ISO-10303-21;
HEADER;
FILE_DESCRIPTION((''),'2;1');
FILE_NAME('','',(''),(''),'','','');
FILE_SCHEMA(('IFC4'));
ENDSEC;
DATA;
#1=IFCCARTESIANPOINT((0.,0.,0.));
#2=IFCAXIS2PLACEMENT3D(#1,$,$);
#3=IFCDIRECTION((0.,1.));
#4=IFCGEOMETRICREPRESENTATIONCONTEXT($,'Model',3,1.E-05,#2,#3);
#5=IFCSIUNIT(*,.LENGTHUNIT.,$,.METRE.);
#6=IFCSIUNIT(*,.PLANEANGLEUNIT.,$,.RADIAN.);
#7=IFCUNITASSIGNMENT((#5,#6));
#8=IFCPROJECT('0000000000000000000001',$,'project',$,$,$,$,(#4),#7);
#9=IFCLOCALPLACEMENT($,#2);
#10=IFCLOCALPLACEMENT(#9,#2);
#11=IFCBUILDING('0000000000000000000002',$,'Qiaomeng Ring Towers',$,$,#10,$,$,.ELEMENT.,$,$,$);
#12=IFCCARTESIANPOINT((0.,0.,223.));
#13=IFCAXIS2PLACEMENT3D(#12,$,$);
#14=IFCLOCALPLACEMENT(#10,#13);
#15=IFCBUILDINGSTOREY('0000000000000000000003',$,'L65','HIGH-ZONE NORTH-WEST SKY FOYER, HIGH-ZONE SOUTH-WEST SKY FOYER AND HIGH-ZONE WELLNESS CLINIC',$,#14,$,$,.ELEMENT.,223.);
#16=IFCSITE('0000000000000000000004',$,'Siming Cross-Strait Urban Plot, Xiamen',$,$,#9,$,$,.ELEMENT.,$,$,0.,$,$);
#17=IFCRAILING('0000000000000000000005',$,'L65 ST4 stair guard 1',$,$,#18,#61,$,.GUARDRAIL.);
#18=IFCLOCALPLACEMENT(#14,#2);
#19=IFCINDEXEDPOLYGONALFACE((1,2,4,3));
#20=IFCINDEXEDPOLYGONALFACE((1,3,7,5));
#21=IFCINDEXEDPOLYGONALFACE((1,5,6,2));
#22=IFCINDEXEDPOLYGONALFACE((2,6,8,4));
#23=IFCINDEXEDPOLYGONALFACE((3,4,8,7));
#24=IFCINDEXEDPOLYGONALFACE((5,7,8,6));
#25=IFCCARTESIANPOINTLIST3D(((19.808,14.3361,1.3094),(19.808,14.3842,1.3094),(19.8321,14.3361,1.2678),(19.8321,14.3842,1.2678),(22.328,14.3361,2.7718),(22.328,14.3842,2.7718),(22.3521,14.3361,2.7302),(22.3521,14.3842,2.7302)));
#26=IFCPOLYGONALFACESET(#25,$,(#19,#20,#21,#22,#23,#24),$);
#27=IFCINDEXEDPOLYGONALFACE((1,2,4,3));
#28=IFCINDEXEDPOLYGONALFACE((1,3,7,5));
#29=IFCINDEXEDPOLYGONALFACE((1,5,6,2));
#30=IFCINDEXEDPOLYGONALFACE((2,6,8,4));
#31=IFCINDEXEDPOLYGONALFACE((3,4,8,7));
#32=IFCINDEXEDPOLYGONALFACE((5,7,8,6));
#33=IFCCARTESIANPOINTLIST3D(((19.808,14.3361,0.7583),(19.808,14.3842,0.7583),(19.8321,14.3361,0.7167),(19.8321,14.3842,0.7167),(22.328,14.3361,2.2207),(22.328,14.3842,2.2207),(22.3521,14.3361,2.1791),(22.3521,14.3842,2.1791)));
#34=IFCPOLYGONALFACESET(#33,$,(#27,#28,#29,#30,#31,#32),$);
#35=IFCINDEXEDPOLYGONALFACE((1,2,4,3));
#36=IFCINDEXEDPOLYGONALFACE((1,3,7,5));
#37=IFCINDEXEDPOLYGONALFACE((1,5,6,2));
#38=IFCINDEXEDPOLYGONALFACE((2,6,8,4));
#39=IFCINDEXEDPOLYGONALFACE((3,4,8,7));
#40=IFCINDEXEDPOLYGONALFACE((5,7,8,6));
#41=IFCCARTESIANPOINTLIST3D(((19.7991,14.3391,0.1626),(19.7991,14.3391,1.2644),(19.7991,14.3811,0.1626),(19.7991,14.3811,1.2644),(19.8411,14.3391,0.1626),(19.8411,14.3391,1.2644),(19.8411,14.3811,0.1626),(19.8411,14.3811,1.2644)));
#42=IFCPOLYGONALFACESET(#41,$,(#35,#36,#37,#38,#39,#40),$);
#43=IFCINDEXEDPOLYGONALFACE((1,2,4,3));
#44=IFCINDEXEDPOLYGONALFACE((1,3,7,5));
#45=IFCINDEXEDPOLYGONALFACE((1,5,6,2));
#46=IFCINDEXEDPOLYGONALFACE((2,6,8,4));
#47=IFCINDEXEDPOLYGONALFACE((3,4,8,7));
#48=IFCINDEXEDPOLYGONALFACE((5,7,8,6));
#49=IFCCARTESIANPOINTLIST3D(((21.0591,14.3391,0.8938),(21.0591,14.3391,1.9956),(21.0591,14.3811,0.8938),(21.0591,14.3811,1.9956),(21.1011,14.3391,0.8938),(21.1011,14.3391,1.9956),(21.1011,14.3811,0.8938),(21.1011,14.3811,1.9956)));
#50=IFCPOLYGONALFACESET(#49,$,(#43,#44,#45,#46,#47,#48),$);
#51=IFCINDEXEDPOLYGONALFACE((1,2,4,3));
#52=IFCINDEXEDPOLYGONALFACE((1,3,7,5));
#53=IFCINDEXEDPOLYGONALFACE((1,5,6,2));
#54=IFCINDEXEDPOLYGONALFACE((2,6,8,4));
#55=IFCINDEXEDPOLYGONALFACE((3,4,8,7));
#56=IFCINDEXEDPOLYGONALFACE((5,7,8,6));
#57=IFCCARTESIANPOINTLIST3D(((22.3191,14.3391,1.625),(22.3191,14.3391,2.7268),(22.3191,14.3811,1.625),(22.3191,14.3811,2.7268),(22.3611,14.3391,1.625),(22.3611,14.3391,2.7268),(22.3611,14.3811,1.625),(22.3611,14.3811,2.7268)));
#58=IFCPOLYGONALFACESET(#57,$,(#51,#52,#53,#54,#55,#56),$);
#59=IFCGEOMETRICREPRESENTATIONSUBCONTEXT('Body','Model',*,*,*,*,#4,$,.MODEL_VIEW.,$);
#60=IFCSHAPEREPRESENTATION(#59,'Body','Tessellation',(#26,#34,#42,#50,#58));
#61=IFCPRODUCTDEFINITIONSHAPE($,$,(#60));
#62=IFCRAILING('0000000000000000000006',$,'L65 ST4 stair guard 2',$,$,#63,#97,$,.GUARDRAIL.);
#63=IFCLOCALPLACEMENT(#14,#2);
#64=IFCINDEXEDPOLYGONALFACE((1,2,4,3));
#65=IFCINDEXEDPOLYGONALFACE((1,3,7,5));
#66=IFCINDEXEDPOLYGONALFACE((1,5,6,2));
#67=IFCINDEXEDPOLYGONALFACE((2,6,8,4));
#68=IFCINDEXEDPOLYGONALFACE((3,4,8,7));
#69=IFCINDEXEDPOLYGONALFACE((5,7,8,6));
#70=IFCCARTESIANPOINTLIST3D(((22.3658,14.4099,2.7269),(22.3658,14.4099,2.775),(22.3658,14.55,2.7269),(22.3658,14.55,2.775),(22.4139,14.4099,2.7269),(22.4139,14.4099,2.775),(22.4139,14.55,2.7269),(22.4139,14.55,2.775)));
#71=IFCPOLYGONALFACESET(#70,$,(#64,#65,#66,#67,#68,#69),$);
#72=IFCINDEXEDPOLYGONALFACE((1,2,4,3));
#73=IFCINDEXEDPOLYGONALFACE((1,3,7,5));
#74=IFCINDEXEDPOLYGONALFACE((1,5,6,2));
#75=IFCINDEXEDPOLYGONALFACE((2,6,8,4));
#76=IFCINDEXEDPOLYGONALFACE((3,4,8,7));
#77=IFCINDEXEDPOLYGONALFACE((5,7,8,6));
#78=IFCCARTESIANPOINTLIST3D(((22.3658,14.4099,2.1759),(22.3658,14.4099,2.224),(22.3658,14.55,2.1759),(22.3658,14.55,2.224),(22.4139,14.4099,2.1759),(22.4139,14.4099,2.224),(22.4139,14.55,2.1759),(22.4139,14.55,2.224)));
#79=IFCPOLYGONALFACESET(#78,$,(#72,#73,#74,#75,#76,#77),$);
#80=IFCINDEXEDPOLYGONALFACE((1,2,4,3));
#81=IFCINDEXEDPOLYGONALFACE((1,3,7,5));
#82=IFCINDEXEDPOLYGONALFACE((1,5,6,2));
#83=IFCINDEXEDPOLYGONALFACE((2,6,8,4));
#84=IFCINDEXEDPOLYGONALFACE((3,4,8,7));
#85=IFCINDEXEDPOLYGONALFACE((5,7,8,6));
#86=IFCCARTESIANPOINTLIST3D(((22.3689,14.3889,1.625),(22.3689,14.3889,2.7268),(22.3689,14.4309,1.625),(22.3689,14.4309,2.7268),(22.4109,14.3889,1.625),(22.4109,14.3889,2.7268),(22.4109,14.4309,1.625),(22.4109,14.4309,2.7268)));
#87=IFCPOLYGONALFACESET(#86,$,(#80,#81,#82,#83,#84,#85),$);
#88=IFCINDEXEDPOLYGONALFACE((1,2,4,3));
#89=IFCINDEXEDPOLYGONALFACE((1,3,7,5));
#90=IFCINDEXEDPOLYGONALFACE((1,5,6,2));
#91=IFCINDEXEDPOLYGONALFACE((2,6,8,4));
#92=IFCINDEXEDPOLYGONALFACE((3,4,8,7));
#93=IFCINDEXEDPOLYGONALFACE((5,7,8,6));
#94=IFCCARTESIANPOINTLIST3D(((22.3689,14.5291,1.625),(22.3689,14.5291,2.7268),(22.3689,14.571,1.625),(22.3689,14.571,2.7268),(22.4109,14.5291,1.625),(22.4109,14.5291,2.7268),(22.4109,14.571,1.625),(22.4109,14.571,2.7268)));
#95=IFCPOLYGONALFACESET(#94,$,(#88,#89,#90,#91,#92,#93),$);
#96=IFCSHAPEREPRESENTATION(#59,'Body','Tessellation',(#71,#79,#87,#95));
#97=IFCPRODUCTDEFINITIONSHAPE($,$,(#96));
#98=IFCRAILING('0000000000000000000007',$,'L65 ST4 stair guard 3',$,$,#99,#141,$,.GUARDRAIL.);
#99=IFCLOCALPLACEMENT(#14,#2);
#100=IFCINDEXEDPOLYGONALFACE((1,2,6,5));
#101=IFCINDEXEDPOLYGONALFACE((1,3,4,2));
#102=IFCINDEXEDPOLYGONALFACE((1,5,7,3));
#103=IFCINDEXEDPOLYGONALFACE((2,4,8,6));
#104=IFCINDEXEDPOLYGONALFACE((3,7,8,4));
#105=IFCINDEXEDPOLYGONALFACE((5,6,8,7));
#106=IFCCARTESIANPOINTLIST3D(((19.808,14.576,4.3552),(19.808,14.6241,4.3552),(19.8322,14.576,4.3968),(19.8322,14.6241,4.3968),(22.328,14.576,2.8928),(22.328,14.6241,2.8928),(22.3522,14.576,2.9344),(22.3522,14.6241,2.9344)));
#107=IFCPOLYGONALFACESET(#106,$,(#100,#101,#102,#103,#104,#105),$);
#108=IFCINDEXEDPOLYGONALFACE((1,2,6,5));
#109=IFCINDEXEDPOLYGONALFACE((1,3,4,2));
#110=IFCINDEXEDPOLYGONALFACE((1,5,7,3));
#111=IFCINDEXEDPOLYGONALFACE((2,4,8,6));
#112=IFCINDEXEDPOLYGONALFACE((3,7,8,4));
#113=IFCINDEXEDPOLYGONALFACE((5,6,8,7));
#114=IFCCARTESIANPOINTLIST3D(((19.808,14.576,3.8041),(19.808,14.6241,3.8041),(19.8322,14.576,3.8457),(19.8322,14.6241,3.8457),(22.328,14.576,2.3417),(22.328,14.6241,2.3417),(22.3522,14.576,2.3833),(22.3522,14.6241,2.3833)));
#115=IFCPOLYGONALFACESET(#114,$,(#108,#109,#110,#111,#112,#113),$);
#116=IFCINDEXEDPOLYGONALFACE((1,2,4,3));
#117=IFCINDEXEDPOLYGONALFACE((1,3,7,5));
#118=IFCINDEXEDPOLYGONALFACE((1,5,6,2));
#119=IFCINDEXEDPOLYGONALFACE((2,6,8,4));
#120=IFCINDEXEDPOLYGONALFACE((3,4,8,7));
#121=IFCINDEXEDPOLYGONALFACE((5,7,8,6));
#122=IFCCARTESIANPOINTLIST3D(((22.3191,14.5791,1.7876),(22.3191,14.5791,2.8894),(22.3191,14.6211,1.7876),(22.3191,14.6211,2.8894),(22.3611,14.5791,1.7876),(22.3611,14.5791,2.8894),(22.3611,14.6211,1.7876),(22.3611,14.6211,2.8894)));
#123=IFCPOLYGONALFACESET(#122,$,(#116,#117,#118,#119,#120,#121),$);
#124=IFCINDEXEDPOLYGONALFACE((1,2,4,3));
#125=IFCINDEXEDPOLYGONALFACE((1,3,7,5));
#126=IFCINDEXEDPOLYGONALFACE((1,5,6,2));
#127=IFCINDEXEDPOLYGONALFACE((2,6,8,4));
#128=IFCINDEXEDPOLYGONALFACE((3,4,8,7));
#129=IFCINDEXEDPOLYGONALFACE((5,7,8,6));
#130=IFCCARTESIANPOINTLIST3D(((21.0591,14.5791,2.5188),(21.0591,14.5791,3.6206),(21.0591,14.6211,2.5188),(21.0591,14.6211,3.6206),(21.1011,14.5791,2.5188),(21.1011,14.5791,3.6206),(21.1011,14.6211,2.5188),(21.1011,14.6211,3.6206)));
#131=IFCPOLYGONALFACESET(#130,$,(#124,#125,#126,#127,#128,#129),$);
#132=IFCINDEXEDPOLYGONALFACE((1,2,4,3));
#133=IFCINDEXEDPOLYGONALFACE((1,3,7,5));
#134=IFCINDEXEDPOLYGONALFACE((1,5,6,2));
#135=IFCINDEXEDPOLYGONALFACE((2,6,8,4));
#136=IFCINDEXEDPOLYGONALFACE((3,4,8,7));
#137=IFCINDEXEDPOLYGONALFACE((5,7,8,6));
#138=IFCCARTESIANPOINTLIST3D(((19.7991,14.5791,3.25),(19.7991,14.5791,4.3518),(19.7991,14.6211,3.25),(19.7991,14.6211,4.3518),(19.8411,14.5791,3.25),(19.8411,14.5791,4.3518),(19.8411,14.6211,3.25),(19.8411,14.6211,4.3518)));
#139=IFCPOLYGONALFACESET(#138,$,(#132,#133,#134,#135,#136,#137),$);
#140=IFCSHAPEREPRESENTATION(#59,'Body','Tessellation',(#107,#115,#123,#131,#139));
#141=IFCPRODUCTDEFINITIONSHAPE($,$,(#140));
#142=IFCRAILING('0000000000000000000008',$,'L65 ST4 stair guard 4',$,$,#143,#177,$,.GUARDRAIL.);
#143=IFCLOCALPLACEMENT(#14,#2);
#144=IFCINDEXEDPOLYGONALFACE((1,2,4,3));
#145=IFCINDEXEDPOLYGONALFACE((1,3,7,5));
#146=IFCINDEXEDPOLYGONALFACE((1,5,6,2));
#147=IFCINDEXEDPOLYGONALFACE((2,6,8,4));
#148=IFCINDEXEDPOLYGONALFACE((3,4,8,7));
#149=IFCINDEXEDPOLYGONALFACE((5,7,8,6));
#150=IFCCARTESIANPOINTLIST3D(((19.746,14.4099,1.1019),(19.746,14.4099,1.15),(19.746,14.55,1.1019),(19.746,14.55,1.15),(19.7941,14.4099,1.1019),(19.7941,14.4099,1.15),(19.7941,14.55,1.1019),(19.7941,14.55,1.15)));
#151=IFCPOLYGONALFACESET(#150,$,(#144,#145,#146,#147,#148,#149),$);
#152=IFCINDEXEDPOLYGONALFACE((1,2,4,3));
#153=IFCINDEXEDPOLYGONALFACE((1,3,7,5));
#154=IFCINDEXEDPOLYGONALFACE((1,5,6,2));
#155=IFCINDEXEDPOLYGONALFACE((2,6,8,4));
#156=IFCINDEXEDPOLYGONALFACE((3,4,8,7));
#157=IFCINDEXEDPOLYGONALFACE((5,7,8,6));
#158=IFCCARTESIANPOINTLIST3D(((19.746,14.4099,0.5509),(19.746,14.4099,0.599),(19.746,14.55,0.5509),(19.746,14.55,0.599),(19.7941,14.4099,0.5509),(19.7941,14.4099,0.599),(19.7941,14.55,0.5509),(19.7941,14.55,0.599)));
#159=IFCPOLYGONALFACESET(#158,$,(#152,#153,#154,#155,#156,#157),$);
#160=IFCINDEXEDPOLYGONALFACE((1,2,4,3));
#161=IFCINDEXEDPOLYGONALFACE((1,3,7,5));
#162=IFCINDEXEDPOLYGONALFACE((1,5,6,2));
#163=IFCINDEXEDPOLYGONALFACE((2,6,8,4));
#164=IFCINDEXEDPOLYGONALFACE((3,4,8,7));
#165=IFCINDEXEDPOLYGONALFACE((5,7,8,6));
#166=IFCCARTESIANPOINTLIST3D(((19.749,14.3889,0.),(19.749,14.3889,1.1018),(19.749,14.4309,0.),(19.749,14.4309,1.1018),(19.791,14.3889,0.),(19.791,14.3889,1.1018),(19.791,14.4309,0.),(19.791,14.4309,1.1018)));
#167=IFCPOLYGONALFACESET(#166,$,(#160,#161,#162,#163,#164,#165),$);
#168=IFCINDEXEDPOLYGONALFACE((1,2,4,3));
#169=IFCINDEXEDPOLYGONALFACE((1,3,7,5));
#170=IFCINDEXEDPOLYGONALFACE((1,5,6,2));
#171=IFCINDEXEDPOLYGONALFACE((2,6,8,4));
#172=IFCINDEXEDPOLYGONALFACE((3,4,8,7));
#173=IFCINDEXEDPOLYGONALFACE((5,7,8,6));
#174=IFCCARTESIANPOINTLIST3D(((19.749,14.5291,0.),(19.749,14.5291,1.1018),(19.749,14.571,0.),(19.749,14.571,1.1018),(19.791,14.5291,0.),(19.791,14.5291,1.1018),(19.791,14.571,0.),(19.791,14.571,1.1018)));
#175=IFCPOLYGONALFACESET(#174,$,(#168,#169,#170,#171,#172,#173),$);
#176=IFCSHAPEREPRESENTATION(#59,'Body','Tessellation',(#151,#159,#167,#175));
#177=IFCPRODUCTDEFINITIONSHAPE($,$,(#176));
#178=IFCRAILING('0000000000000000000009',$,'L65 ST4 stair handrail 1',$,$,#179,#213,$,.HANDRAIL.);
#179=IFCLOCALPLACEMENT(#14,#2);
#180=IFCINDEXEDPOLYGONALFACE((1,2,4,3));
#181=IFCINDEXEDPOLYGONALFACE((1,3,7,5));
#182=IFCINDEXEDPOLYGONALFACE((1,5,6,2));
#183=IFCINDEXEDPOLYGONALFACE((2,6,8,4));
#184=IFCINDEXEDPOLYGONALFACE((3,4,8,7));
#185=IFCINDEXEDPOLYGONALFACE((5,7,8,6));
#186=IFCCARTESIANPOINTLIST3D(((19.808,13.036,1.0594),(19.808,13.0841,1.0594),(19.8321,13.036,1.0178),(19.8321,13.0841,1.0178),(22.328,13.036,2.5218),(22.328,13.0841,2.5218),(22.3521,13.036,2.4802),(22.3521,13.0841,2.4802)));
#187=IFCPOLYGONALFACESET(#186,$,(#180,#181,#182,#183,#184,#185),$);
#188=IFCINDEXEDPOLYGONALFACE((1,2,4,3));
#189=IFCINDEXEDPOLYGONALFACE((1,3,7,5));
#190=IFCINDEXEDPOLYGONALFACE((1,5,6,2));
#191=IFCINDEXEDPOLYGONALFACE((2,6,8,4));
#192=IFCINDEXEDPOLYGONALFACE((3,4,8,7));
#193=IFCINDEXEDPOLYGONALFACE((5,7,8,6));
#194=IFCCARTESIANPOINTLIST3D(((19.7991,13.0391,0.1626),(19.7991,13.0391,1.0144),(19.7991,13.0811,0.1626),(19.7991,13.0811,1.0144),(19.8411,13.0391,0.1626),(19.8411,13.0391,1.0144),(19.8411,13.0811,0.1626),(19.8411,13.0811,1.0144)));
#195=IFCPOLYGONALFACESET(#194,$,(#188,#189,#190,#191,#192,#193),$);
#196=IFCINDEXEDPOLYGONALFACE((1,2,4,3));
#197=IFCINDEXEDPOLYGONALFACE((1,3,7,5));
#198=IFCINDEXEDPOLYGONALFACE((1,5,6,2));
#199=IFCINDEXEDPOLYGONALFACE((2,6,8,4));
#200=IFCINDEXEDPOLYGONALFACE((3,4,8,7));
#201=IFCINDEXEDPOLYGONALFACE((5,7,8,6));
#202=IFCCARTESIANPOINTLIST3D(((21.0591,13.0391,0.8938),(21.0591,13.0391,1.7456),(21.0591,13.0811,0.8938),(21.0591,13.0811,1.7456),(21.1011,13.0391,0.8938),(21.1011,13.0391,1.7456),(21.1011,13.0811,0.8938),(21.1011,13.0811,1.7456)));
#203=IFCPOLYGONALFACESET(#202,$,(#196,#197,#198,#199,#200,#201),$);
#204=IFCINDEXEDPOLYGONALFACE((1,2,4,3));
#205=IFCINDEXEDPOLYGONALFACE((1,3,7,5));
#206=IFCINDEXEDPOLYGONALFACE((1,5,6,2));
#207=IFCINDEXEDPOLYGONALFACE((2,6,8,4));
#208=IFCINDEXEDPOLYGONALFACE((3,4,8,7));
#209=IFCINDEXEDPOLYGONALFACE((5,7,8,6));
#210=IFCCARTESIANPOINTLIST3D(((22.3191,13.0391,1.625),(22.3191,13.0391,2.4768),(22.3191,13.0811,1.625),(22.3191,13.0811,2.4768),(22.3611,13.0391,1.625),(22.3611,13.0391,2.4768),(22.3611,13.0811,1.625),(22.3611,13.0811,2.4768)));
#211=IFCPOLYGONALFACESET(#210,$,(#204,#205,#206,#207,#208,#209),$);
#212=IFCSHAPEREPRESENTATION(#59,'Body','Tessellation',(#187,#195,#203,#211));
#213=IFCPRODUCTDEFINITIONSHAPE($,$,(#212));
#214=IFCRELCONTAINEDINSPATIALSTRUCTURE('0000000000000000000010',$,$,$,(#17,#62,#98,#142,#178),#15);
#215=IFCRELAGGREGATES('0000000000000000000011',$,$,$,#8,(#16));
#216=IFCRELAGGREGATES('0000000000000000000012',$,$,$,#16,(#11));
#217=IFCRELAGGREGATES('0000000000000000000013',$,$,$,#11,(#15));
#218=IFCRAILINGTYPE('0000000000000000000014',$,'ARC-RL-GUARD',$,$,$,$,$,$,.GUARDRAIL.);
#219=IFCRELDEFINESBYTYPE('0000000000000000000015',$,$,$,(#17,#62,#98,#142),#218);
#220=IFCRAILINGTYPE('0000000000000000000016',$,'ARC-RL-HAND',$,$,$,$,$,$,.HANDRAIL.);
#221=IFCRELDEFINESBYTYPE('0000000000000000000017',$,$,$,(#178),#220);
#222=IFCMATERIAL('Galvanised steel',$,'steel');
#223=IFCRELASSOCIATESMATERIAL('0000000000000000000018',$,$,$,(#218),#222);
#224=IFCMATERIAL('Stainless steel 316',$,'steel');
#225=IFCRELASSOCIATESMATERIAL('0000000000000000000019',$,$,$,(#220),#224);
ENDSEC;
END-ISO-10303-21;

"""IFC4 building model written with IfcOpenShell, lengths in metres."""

from ifc_helpers import new_model, si_unit, direction, frame, origin, origin_2d, place, context, subcontext, project, spatial, rectangle, extrude, material, type_object, element, save


model = new_model("IFC4")

# Units and contexts
model_context = context("Model", 3, precision=1e-05, world=origin(), true_north=direction((0.0, 1.0)))
body_context = subcontext(model_context, "Body", "Model", "MODEL_VIEW")
ifc_project = project(units=[si_unit("LENGTHUNIT", "METRE"), si_unit("PLANEANGLEUNIT", "RADIAN")], contexts=[model_context])

# Site, building, storey
site_placement = place(None, origin())
site = spatial("IfcSite", under=ifc_project, at=site_placement, Name="Siming Cross-Strait Urban Plot, Xiamen", CompositionType="ELEMENT", RefElevation=0.0)
building_placement = place(site_placement, origin())
building = spatial("IfcBuilding", under=site, at=building_placement, Name="Qiaomeng Ring Towers", CompositionType="ELEMENT")
storey_placement = place(building_placement, frame((0.0, 0.0, 223.0)))
storey = spatial("IfcBuildingStorey", under=building, at=storey_placement, Name="L65", Description="HIGH-ZONE NORTH-WEST SKY FOYER, HIGH-ZONE SOUTH-WEST SKY FOYER AND HIGH-ZONE WELLNESS CLINIC", CompositionType="ELEMENT", Elevation=223.0)

# Shared definitions
ifc_material_1 = material(Name="Galvanised steel", Category="steel")

# Railings
railing_type_1 = type_object("IfcRailingType", Name="ARC-RL-GUARD", PredefinedType="GUARDRAIL", material=ifc_material_1)
railing_1_placement = place(storey_placement, frame((19.8201, 14.3601, 0.1626)))
element("IfcRailing", 1, at=railing_1_placement, inside=storey, type_object=railing_type_1, Name="L65 ST4 stair guard 1", PredefinedType="GUARDRAIL", context=body_context, shape_type="SweptSolid", body=[
    extrude(rectangle(XDim=0.0481, YDim=0.0481, at=origin_2d()), frame((0.0, 0.0, 1.126), z_axis=(0.864913, 0.0, 0.501921), x_axis=(0.0, 1.0, 0.0)), (0.0, 0.0, 1.0), 2.9136),
    extrude(rectangle(XDim=0.0481, YDim=0.0481, at=origin_2d()), frame((0.0, 0.0, 0.575), z_axis=(0.864913, 0.0, 0.501921), x_axis=(0.0, 1.0, 0.0)), (0.0, 0.0, 1.0), 2.9136),
    extrude(rectangle(XDim=0.042, YDim=0.042, at=origin_2d()), origin(), (0.0, 0.0, 1.0), 1.1018),
    extrude(rectangle(XDim=0.042, YDim=0.042, at=origin_2d()), frame((1.26, 0.0, 0.7312)), (0.0, 0.0, 1.0), 1.1018),
    extrude(rectangle(XDim=0.042, YDim=0.042, at=origin_2d()), frame((2.52, 0.0, 1.4624)), (0.0, 0.0, 1.0), 1.1018),
])
railing_2_placement = place(storey_placement, frame((22.3899, 14.4099, 1.625)))
element("IfcRailing", 2, at=railing_2_placement, inside=storey, type_object=railing_type_1, Name="L65 ST4 stair guard 2", PredefinedType="GUARDRAIL", context=body_context, shape_type="SweptSolid", body=[
    extrude(rectangle(XDim=0.0481, YDim=0.0481, at=origin_2d()), frame((0.0, 0.0, 1.126), z_axis=(0.0, 1.0, 0.0), x_axis=(-1.0, 0.0, 0.0)), (0.0, 0.0, 1.0), 0.1401),
    extrude(rectangle(XDim=0.0481, YDim=0.0481, at=origin_2d()), frame((0.0, 0.0, 0.575), z_axis=(0.0, 1.0, 0.0), x_axis=(-1.0, 0.0, 0.0)), (0.0, 0.0, 1.0), 0.1401),
    extrude(rectangle(XDim=0.042, YDim=0.042, at=origin_2d()), origin(), (0.0, 0.0, 1.0), 1.1018),
    extrude(rectangle(XDim=0.042, YDim=0.042, at=origin_2d()), frame((0.0, 0.1401, 0.0)), (0.0, 0.0, 1.0), 1.1018),
])
railing_3_placement = place(storey_placement, frame((22.3401, 14.6001, 1.7876)))
element("IfcRailing", 3, at=railing_3_placement, inside=storey, type_object=railing_type_1, Name="L65 ST4 stair guard 3", PredefinedType="GUARDRAIL", context=body_context, shape_type="SweptSolid", body=[
    extrude(rectangle(XDim=0.0481, YDim=0.0481, at=origin_2d()), frame((0.0, 0.0, 1.126), z_axis=(-0.864913, 0.0, 0.501921), x_axis=(0.0, -1.0, 0.0)), (0.0, 0.0, 1.0), 2.9136),
    extrude(rectangle(XDim=0.0481, YDim=0.0481, at=origin_2d()), frame((0.0, 0.0, 0.575), z_axis=(-0.864913, 0.0, 0.501921), x_axis=(0.0, -1.0, 0.0)), (0.0, 0.0, 1.0), 2.9136),
    extrude(rectangle(XDim=0.042, YDim=0.042, at=origin_2d()), origin(), (0.0, 0.0, 1.0), 1.1018),
    extrude(rectangle(XDim=0.042, YDim=0.042, at=origin_2d()), frame((-1.26, 0.0, 0.7312)), (0.0, 0.0, 1.0), 1.1018),
    extrude(rectangle(XDim=0.042, YDim=0.042, at=origin_2d()), frame((-2.52, 0.0, 1.4624)), (0.0, 0.0, 1.0), 1.1018),
])
railing_4_placement = place(storey_placement, frame((19.77, 14.4099, 0.0)))
element("IfcRailing", 4, at=railing_4_placement, inside=storey, type_object=railing_type_1, Name="L65 ST4 stair guard 4", PredefinedType="GUARDRAIL", context=body_context, shape_type="SweptSolid", body=[
    extrude(rectangle(XDim=0.0481, YDim=0.0481, at=origin_2d()), frame((0.0, 0.0, 1.126), z_axis=(0.0, 1.0, 0.0), x_axis=(-1.0, 0.0, 0.0)), (0.0, 0.0, 1.0), 0.1401),
    extrude(rectangle(XDim=0.0481, YDim=0.0481, at=origin_2d()), frame((0.0, 0.0, 0.575), z_axis=(0.0, 1.0, 0.0), x_axis=(-1.0, 0.0, 0.0)), (0.0, 0.0, 1.0), 0.1401),
    extrude(rectangle(XDim=0.042, YDim=0.042, at=origin_2d()), origin(), (0.0, 0.0, 1.0), 1.1018),
    extrude(rectangle(XDim=0.042, YDim=0.042, at=origin_2d()), frame((0.0, 0.1401, 0.0)), (0.0, 0.0, 1.0), 1.1018),
])
ifc_material_2 = material(Name="Stainless steel 316", Category="steel")
railing_type_2 = type_object("IfcRailingType", Name="ARC-RL-HAND", PredefinedType="HANDRAIL", material=ifc_material_2)
railing_5_placement = place(storey_placement, frame((19.8201, 13.0601, 0.1626)))
element("IfcRailing", 5, at=railing_5_placement, inside=storey, type_object=railing_type_2, Name="L65 ST4 stair handrail 1", PredefinedType="HANDRAIL", context=body_context, shape_type="SweptSolid", body=[
    extrude(rectangle(XDim=0.0481, YDim=0.0481, at=origin_2d()), frame((0.0, 0.0, 0.876), z_axis=(0.864913, 0.0, 0.501921), x_axis=(0.0, 1.0, 0.0)), (0.0, 0.0, 1.0), 2.9136),
    extrude(rectangle(XDim=0.042, YDim=0.042, at=origin_2d()), origin(), (0.0, 0.0, 1.0), 0.8518),
    extrude(rectangle(XDim=0.042, YDim=0.042, at=origin_2d()), frame((1.26, 0.0, 0.7312)), (0.0, 0.0, 1.0), 0.8518),
    extrude(rectangle(XDim=0.042, YDim=0.042, at=origin_2d()), frame((2.52, 0.0, 1.4624)), (0.0, 0.0, 1.0), 0.8518),
])

save(model, "model.ifc")
